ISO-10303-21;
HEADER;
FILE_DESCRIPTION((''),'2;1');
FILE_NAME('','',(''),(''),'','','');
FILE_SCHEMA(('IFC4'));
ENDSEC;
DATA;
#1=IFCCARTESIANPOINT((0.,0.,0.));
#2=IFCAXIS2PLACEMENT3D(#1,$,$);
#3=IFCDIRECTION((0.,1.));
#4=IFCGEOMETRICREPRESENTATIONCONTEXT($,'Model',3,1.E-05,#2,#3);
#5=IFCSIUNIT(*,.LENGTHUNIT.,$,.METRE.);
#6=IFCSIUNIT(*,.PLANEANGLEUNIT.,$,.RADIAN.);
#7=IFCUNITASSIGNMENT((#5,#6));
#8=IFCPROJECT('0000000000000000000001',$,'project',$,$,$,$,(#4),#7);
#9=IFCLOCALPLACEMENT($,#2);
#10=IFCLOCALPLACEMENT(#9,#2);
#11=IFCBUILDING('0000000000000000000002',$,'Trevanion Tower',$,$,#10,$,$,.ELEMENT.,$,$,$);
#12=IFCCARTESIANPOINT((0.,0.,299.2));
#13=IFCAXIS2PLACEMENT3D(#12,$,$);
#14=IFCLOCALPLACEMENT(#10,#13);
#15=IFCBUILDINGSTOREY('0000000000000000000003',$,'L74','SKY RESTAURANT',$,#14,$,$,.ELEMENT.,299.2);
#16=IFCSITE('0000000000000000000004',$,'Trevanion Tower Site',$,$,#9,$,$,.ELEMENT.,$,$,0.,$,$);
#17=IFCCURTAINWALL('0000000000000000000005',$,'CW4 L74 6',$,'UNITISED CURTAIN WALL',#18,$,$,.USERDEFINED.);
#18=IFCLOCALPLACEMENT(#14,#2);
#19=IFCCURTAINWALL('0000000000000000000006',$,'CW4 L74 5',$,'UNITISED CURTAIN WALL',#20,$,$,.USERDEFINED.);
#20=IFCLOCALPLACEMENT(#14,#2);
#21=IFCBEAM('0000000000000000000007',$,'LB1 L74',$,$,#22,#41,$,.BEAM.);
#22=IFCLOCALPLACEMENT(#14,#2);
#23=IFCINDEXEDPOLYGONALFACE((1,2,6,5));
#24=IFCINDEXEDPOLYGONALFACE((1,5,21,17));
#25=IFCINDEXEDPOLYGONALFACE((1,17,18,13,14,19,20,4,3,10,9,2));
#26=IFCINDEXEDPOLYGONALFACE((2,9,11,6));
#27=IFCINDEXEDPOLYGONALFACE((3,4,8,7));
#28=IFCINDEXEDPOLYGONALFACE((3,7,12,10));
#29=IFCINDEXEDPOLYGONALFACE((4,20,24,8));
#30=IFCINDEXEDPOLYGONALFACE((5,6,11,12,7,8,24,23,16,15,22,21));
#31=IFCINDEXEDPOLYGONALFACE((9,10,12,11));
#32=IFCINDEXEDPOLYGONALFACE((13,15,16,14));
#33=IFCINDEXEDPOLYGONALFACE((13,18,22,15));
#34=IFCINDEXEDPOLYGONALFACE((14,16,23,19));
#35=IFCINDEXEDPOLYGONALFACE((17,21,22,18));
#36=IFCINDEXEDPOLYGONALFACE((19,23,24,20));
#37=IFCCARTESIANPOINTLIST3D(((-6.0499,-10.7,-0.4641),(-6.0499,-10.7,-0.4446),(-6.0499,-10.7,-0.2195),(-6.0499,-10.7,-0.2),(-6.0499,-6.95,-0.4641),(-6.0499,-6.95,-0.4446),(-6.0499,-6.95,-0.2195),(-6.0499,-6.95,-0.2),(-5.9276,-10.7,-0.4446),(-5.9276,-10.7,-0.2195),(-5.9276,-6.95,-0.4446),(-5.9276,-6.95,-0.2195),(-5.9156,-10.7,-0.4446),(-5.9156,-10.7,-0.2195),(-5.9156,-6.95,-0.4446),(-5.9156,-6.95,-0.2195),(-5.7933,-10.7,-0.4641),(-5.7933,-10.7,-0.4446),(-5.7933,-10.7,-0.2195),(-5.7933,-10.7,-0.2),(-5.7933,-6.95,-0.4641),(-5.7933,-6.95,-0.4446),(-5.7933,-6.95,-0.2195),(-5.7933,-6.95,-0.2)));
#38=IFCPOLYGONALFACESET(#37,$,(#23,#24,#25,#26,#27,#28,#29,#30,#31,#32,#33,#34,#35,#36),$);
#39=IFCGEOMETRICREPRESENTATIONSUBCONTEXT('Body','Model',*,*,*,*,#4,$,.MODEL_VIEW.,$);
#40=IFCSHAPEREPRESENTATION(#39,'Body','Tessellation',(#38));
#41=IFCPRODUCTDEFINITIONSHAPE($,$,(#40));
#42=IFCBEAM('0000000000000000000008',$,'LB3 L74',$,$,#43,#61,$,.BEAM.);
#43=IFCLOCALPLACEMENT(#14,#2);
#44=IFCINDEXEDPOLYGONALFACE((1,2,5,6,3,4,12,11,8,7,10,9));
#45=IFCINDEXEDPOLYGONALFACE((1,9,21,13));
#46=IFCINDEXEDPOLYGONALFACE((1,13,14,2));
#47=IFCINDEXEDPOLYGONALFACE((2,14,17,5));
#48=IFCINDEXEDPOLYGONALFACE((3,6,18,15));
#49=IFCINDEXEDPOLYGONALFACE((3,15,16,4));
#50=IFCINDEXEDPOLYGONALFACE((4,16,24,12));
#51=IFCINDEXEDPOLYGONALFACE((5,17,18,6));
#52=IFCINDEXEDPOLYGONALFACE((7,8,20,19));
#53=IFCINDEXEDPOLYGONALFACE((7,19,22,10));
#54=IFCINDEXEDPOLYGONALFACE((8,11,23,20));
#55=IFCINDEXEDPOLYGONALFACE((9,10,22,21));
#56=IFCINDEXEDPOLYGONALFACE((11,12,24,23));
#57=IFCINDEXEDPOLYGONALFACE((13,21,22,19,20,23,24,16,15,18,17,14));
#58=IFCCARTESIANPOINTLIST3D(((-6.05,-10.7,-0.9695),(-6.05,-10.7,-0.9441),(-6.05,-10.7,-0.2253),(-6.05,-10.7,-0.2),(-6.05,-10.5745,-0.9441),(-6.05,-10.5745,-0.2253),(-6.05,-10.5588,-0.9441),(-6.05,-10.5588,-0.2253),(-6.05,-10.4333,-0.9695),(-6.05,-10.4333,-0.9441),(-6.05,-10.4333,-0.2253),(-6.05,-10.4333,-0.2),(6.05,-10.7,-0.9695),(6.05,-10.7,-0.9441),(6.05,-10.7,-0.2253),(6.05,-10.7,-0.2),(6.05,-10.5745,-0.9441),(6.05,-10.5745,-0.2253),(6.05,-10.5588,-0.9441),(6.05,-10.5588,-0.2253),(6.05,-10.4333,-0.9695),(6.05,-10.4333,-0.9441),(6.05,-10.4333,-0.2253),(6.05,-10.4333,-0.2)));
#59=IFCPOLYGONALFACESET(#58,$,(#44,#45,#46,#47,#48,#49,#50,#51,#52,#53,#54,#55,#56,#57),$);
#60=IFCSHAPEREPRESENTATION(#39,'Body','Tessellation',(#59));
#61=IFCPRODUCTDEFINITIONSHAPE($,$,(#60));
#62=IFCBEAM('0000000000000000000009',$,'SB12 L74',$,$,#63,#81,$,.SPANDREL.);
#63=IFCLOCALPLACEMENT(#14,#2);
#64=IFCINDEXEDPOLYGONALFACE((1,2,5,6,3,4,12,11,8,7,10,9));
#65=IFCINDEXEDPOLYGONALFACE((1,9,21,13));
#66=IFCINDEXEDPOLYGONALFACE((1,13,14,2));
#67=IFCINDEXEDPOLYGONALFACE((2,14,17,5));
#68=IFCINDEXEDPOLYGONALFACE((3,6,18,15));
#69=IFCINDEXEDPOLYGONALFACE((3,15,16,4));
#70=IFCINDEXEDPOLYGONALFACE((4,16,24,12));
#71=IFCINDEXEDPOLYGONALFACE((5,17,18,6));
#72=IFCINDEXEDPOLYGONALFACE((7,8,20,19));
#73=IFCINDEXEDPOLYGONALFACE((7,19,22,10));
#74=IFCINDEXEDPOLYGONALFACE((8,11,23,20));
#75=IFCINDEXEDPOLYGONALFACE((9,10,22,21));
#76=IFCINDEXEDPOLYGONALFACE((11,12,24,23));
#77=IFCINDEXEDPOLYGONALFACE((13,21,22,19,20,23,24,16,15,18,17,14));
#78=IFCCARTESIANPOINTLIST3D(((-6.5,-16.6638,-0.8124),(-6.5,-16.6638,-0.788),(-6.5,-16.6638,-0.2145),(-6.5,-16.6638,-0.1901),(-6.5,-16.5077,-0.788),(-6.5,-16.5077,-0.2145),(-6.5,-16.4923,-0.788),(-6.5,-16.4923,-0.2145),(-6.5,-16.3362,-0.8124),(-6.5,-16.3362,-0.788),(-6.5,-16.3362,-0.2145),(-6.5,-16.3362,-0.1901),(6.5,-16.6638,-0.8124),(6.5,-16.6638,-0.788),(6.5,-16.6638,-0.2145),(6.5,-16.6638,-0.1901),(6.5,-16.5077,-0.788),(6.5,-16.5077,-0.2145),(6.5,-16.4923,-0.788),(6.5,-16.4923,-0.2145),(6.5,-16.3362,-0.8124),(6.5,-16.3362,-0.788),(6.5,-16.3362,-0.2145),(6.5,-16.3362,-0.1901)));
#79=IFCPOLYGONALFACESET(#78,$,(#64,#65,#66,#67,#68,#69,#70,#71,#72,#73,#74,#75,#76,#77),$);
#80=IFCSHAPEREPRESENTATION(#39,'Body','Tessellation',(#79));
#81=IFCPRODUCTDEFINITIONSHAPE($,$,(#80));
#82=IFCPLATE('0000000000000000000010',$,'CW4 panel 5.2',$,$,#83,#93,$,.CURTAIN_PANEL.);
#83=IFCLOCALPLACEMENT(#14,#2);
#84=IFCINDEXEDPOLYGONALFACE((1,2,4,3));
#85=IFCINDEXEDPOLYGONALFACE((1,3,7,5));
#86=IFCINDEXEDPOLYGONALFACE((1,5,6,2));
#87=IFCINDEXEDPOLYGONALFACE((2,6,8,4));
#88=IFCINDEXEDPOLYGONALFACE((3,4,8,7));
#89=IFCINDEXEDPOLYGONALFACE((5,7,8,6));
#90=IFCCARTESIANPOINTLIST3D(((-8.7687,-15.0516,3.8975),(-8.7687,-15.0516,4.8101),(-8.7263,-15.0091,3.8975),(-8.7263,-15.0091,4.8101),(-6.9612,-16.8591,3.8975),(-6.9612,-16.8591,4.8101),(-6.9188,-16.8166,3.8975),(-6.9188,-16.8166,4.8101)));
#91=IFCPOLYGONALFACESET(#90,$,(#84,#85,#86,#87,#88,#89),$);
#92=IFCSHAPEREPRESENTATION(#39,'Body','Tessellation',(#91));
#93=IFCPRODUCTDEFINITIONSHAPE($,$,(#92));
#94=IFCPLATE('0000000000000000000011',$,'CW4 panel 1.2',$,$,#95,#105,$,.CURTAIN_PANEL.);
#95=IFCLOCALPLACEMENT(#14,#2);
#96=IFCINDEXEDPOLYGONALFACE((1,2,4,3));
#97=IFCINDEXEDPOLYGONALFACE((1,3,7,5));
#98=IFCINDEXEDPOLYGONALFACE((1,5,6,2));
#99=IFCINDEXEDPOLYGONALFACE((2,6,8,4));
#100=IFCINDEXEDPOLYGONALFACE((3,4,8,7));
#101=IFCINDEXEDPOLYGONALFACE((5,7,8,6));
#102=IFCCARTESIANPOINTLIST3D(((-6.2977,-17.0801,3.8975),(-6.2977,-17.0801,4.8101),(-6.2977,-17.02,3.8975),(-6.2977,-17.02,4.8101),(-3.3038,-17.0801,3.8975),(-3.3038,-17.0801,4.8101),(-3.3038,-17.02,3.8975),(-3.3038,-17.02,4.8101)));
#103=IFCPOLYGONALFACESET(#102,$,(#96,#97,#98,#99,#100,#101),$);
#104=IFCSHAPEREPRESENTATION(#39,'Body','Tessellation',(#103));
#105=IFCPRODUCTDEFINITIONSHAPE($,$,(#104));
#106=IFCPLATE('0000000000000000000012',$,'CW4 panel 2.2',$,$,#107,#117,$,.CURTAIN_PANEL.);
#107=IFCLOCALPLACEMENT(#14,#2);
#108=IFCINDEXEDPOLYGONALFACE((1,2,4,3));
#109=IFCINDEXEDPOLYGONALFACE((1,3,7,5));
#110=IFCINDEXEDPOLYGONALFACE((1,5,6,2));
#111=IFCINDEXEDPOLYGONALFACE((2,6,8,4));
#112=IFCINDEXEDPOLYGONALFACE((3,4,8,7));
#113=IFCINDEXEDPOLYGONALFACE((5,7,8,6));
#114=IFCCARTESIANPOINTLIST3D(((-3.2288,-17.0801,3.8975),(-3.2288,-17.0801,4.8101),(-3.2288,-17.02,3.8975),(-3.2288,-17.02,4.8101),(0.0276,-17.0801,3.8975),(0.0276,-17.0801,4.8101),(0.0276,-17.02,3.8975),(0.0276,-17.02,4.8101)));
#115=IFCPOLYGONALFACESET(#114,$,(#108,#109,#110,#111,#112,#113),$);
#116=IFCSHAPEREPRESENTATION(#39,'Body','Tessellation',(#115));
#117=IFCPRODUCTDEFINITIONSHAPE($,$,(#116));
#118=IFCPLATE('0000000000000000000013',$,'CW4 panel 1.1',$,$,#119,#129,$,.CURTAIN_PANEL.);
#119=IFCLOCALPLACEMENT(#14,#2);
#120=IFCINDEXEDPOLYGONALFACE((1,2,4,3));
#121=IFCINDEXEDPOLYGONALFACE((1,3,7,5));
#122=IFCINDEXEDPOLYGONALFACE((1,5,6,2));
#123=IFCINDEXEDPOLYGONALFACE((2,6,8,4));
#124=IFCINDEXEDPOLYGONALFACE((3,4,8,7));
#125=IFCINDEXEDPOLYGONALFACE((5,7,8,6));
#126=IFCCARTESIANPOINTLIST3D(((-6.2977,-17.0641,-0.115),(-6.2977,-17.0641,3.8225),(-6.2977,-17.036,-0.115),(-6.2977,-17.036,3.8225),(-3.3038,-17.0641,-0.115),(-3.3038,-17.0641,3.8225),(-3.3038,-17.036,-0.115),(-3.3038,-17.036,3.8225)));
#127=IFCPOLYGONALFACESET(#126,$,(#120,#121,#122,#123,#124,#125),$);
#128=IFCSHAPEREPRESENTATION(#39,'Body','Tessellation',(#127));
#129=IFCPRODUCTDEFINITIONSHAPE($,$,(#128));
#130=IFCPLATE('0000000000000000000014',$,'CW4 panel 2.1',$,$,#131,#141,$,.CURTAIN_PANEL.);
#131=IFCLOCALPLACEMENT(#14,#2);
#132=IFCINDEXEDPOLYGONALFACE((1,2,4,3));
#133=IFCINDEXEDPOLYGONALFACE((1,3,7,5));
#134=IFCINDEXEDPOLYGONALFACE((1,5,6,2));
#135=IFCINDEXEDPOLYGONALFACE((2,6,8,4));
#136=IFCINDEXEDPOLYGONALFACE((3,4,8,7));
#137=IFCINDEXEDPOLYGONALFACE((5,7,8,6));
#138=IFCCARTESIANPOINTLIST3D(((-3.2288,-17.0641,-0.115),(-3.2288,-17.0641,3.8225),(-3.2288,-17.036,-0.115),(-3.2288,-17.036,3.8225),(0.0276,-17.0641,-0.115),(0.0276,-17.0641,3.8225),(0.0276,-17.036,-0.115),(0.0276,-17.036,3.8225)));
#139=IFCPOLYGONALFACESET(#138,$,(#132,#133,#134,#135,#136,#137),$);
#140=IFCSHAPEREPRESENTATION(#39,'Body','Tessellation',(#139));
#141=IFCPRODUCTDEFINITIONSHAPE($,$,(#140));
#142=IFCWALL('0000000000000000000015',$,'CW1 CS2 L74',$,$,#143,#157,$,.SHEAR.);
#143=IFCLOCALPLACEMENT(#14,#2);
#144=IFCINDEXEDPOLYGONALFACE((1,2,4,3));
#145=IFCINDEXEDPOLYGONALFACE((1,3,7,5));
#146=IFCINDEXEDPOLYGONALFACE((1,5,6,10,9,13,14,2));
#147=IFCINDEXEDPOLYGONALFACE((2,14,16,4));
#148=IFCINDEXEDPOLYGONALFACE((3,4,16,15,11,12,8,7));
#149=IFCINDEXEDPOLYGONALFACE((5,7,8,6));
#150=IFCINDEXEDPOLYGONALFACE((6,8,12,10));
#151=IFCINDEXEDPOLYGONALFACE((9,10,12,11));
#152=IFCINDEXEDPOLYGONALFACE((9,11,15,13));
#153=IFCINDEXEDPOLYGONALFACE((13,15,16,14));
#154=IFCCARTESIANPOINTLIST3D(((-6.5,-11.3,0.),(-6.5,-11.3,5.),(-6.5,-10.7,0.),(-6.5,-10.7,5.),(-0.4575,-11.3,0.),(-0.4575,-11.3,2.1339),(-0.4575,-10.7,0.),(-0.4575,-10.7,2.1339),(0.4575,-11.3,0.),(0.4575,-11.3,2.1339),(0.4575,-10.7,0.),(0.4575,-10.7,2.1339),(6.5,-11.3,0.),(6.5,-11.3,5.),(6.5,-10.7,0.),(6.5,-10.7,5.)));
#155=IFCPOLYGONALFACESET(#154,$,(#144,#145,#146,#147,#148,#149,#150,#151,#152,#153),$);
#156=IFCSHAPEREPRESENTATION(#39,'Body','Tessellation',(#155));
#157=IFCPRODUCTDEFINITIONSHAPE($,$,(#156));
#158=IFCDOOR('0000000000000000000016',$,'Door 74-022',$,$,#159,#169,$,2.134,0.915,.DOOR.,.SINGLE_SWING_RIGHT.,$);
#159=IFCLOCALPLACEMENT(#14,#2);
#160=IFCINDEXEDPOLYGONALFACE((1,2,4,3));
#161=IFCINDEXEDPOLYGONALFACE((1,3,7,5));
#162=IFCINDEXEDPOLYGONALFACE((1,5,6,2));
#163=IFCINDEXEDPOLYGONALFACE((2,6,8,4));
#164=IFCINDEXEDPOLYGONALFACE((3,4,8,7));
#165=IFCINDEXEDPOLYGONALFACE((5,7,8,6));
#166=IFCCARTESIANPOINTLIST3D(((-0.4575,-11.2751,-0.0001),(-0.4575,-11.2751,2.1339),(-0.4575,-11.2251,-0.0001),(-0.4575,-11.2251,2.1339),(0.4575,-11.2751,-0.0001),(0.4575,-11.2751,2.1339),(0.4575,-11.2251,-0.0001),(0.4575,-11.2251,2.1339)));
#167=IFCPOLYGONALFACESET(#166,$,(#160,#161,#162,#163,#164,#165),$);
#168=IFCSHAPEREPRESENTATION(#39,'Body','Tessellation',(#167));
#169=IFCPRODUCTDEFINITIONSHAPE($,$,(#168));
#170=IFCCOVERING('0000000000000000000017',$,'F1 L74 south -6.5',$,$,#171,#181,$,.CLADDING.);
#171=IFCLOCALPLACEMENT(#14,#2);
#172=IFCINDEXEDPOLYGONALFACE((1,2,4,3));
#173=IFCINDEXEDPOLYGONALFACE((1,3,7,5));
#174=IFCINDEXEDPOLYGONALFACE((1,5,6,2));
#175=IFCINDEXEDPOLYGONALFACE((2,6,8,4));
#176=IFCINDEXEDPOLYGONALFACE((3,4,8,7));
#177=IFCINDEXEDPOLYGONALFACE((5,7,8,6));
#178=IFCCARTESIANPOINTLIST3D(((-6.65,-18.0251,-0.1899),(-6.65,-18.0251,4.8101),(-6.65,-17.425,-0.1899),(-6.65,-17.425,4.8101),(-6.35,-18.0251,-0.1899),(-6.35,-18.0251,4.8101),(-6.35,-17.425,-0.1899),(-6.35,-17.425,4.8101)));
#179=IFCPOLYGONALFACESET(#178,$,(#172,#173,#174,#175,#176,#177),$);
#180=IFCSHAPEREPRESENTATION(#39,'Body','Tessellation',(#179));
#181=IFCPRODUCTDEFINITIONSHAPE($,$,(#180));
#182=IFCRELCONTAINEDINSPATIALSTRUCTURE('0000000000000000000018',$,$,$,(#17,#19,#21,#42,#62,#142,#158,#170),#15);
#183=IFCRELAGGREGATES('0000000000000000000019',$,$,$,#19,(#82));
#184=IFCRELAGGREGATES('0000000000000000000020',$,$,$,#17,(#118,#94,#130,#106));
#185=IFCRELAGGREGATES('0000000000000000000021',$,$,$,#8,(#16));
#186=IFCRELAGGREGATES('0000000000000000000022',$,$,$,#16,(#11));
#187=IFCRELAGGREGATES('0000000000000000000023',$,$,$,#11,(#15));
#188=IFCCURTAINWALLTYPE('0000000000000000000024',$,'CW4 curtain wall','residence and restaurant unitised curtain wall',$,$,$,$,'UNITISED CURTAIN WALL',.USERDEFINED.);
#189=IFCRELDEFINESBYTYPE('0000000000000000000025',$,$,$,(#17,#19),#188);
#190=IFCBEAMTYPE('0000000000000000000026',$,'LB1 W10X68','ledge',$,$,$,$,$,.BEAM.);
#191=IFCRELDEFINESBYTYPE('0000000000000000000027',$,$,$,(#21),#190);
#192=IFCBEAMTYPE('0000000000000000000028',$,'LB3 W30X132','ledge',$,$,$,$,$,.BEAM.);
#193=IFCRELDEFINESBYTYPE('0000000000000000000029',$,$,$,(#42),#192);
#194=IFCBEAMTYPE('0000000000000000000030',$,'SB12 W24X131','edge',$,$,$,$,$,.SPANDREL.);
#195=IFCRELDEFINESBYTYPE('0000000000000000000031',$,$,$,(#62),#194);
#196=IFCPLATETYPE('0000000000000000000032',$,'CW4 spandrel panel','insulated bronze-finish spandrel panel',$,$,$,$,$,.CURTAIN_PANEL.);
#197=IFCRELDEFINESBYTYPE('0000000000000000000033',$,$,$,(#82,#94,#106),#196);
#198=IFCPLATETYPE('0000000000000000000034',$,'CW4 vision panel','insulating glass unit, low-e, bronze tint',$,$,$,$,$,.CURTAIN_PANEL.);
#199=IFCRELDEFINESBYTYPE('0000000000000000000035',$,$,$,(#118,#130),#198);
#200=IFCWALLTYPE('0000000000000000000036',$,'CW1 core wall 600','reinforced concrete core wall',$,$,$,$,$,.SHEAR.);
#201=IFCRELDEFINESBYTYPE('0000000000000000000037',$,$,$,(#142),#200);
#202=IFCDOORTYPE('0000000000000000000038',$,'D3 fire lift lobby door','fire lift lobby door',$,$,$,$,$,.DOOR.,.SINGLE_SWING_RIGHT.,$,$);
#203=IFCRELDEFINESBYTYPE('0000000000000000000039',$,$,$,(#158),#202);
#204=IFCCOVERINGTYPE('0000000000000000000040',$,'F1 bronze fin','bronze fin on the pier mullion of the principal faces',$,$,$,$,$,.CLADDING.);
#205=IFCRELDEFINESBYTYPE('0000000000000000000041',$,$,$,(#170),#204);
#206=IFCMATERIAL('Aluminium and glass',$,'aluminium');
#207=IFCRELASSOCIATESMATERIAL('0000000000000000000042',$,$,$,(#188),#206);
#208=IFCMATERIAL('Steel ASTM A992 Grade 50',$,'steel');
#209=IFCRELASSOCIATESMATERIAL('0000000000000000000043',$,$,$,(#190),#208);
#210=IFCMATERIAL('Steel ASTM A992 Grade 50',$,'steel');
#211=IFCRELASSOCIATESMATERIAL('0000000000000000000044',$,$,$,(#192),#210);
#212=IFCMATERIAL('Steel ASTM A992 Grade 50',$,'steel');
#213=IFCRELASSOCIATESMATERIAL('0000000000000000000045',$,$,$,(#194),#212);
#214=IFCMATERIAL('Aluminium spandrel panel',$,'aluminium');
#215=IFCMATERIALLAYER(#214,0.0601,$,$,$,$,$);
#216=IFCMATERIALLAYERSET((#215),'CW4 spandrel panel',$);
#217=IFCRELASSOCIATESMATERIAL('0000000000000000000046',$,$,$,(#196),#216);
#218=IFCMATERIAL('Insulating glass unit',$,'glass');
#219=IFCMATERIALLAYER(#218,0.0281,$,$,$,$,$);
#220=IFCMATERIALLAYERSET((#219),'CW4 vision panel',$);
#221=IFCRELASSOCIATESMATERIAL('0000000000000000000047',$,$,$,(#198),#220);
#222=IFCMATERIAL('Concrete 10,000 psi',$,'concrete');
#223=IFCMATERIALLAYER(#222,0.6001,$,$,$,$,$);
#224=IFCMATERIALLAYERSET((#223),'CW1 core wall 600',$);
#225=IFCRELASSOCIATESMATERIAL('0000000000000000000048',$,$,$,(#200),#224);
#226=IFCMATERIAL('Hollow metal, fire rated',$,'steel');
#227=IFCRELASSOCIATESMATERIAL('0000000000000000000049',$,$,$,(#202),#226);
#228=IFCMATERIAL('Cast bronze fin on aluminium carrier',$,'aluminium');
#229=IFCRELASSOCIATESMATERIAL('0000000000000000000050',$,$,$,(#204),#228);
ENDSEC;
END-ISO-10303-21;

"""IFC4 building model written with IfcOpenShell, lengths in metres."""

from ifc_helpers import new_model, si_unit, direction, frame, frame_2d, origin, origin_2d, place, context, subcontext, project, spatial, rectangle, i_section, extrude, material, layer, layer_set, material_profile, profile_set, type_object, element, fill, aggregate, save


model = new_model("IFC4")

# Units and contexts
model_context = context("Model", 3, precision=1e-05, world=origin(), true_north=direction((0.0, 1.0)))
body_context = subcontext(model_context, "Body", "Model", "MODEL_VIEW")
ifc_project = project(units=[si_unit("LENGTHUNIT", "METRE"), si_unit("PLANEANGLEUNIT", "RADIAN")], contexts=[model_context])

# Site, building, storey
site_placement = place(None, origin())
site = spatial("IfcSite", under=ifc_project, at=site_placement, Name="Trevanion Tower Site", CompositionType="ELEMENT", RefElevation=0.0)
building_placement = place(site_placement, origin())
building = spatial("IfcBuilding", under=site, at=building_placement, Name="Trevanion Tower", CompositionType="ELEMENT")
storey_placement = place(building_placement, frame((0.0, 0.0, 299.2)))
storey = spatial("IfcBuildingStorey", under=building, at=storey_placement, Name="L74", Description="SKY RESTAURANT", CompositionType="ELEMENT", Elevation=299.2)

# Curtain walls
ifc_material_1 = material(Name="Aluminium and glass", Category="aluminium")
curtain_wall_type = type_object("IfcCurtainWallType", Name="CW4 curtain wall", Description="residence and restaurant unitised curtain wall", ElementType="UNITISED CURTAIN WALL", PredefinedType="USERDEFINED", material=ifc_material_1)
curtain_wall_1_placement = place(storey_placement, origin())
curtain_wall_1 = element("IfcCurtainWall", 1, at=curtain_wall_1_placement, inside=storey, type_object=curtain_wall_type, Name="CW4 L74 6", ObjectType="UNITISED CURTAIN WALL", PredefinedType="USERDEFINED")
curtain_wall_2_placement = place(storey_placement, origin())
curtain_wall_2 = element("IfcCurtainWall", 2, at=curtain_wall_2_placement, inside=storey, type_object=curtain_wall_type, Name="CW4 L74 5", ObjectType="UNITISED CURTAIN WALL", PredefinedType="USERDEFINED")

# Beams
ifc_material_2 = material(Name="Steel ASTM A992 Grade 50", Category="steel")
ifc_material_profile_1 = material_profile(ifc_material_2, i_section(OverallWidth=0.2566, OverallDepth=0.2642, WebThickness=0.012, FlangeThickness=0.0195, at=origin_2d()), Name="W10X68")
ifc_profile_set_1 = profile_set([ifc_material_profile_1], Name="Steel ASTM A992 Grade 50")
beam_type_1 = type_object("IfcBeamType", Name="LB1 W10X68", Description="ledge", PredefinedType="BEAM", material=ifc_profile_set_1)
beam_1_placement = place(storey_placement, frame((-5.9216, -10.7, -0.332), z_axis=(0.0, 1.0, 0.0), x_axis=(-1.0, 0.0, 0.0)))
element("IfcBeam", 3, at=beam_1_placement, inside=storey, type_object=beam_type_1, Name="LB1 L74", PredefinedType="BEAM", context=body_context, shape_type="SweptSolid", body=[
    extrude(i_section(OverallWidth=0.2566, OverallDepth=0.2642, WebThickness=0.012, FlangeThickness=0.0195, at=origin_2d()), origin(), (0.0, 0.0, 1.0), 3.75),
])
ifc_material_3 = material(Name="Steel ASTM A992 Grade 50", Category="steel")
ifc_material_profile_2 = material_profile(ifc_material_3, i_section(OverallWidth=0.2666, OverallDepth=0.7695, WebThickness=0.0156, FlangeThickness=0.0254, at=origin_2d()), Name="W30X132")
ifc_profile_set_2 = profile_set([ifc_material_profile_2], Name="Steel ASTM A992 Grade 50")
beam_type_2 = type_object("IfcBeamType", Name="LB3 W30X132", Description="ledge", PredefinedType="BEAM", material=ifc_profile_set_2)
beam_2_placement = place(storey_placement, frame((-6.05, -10.5667, -0.5847), z_axis=(1.0, 0.0, 0.0), x_axis=(0.0, 1.0, 0.0)))
element("IfcBeam", 4, at=beam_2_placement, inside=storey, type_object=beam_type_2, Name="LB3 L74", PredefinedType="BEAM", context=body_context, shape_type="SweptSolid", body=[
    extrude(i_section(OverallWidth=0.2666, OverallDepth=0.7695, WebThickness=0.0156, FlangeThickness=0.0254, at=origin_2d()), origin(), (0.0, 0.0, 1.0), 12.1001),
])
ifc_material_4 = material(Name="Steel ASTM A992 Grade 50", Category="steel")
ifc_material_profile_3 = material_profile(ifc_material_4, i_section(OverallWidth=0.3276, OverallDepth=0.6223, WebThickness=0.0154, FlangeThickness=0.0244, at=origin_2d()), Name="W24X131")
ifc_profile_set_3 = profile_set([ifc_material_profile_3], Name="Steel ASTM A992 Grade 50")
beam_type_3 = type_object("IfcBeamType", Name="SB12 W24X131", Description="edge", PredefinedType="SPANDREL", material=ifc_profile_set_3)
beam_3_placement = place(storey_placement, frame((-6.5, -16.5, -0.5012), z_axis=(1.0, 0.0, 0.0), x_axis=(0.0, 1.0, 0.0)))
element("IfcBeam", 5, at=beam_3_placement, inside=storey, type_object=beam_type_3, Name="SB12 L74", PredefinedType="SPANDREL", context=body_context, shape_type="SweptSolid", body=[
    extrude(i_section(OverallWidth=0.3276, OverallDepth=0.6223, WebThickness=0.0154, FlangeThickness=0.0244, at=origin_2d()), origin(), (0.0, 0.0, 1.0), 13.0),
])

# Plates
ifc_material_5 = material(Name="Aluminium spandrel panel", Category="aluminium")
ifc_layer_1 = layer(ifc_material_5, 0.0601)
ifc_layer_set_1 = layer_set([ifc_layer_1], Name="CW4 spandrel panel")
plate_type_1 = type_object("IfcPlateType", Name="CW4 spandrel panel", Description="insulated bronze-finish spandrel panel", PredefinedType="CURTAIN_PANEL", material=ifc_layer_set_1)
plate_1_placement = place(storey_placement, frame((-7.8438, -15.9341, 3.8975), z_axis=(0.0, 0.0, 1.0), x_axis=(0.707107, -0.707107, 0.0)))
plate_1 = element("IfcPlate", 6, at=plate_1_placement, type_object=plate_type_1, Name="CW4 panel 5.2", PredefinedType="CURTAIN_PANEL", context=body_context, shape_type="SweptSolid", body=[
    extrude(rectangle(XDim=2.5562, YDim=0.0601, at=origin_2d()), origin(), (0.0, 0.0, 1.0), 0.9126),
])
aggregate(curtain_wall_2, [plate_1])
plate_2_placement = place(storey_placement, frame((-4.8008, -17.05, 3.8975), z_axis=(0.0, 0.0, 1.0), x_axis=(1.0, 0.0, 0.0)))
plate_2 = element("IfcPlate", 7, at=plate_2_placement, type_object=plate_type_1, Name="CW4 panel 1.2", PredefinedType="CURTAIN_PANEL", context=body_context, shape_type="SweptSolid", body=[
    extrude(rectangle(XDim=2.9939, YDim=0.0601, at=origin_2d()), origin(), (0.0, 0.0, 1.0), 0.9126),
])
plate_3_placement = place(storey_placement, frame((-1.6006, -17.05, 3.8975), z_axis=(0.0, 0.0, 1.0), x_axis=(1.0, 0.0, 0.0)))
plate_3 = element("IfcPlate", 8, at=plate_3_placement, type_object=plate_type_1, Name="CW4 panel 2.2", PredefinedType="CURTAIN_PANEL", context=body_context, shape_type="SweptSolid", body=[
    extrude(rectangle(XDim=3.2563, YDim=0.0601, at=origin_2d()), origin(), (0.0, 0.0, 1.0), 0.9126),
])
ifc_material_6 = material(Name="Insulating glass unit", Category="glass")
ifc_layer_2 = layer(ifc_material_6, 0.0281)
ifc_layer_set_2 = layer_set([ifc_layer_2], Name="CW4 vision panel")
plate_type_2 = type_object("IfcPlateType", Name="CW4 vision panel", Description="insulating glass unit, low-e, bronze tint", PredefinedType="CURTAIN_PANEL", material=ifc_layer_set_2)
plate_4_placement = place(storey_placement, frame((-4.8008, -17.05, -0.115), z_axis=(0.0, 0.0, 1.0), x_axis=(1.0, 0.0, 0.0)))
plate_4 = element("IfcPlate", 9, at=plate_4_placement, type_object=plate_type_2, Name="CW4 panel 1.1", PredefinedType="CURTAIN_PANEL", context=body_context, shape_type="SweptSolid", body=[
    extrude(rectangle(XDim=2.9939, YDim=0.0281, at=origin_2d()), origin(), (0.0, 0.0, 1.0), 3.9375),
])
plate_5_placement = place(storey_placement, frame((-1.6006, -17.05, -0.115), z_axis=(0.0, 0.0, 1.0), x_axis=(1.0, 0.0, 0.0)))
plate_5 = element("IfcPlate", 10, at=plate_5_placement, type_object=plate_type_2, Name="CW4 panel 2.1", PredefinedType="CURTAIN_PANEL", context=body_context, shape_type="SweptSolid", body=[
    extrude(rectangle(XDim=3.2563, YDim=0.0281, at=origin_2d()), origin(), (0.0, 0.0, 1.0), 3.9375),
])
aggregate(curtain_wall_1, [plate_4, plate_2, plate_5, plate_3])

# Wall, opening, door
ifc_material_7 = material(Name="Concrete 10,000 psi", Category="concrete")
ifc_layer_3 = layer(ifc_material_7, 0.6001)
ifc_layer_set_3 = layer_set([ifc_layer_3], Name="CW1 core wall 600")
wall_type = type_object("IfcWallType", Name="CW1 core wall 600", Description="reinforced concrete core wall", PredefinedType="SHEAR", material=ifc_layer_set_3)
wall_placement = place(storey_placement, frame((-6.5, -11.0, 0.0), z_axis=(0.0, 0.0, 1.0), x_axis=(1.0, 0.0, 0.0)))
wall = element("IfcWall", 11, at=wall_placement, inside=storey, type_object=wall_type, Name="CW1 CS2 L74", PredefinedType="SHEAR", context=body_context, shape_type="SweptSolid", body=[
    extrude(rectangle(XDim=13.0, YDim=0.6001, at=frame_2d((6.5, 0.0))), origin(), (0.0, 0.0, 1.0), 5.0),
])
opening_placement = place(wall_placement, frame((6.0425, 0.0, 0.0)))
opening = element("IfcOpeningElement", 12, at=opening_placement, cuts=wall, PredefinedType="OPENING", context=body_context, shape_type="SweptSolid", body=[
    extrude(rectangle(XDim=0.915, YDim=2.134, at=frame_2d((0.4575, 1.0669))), frame((0.0, 0.3101, 0.0), z_axis=(0.0, -1.0, 0.0), x_axis=(1.0, 0.0, 0.0)), (0.0, 0.0, 1.0), 0.6201),
])
ifc_material_8 = material(Name="Hollow metal, fire rated", Category="steel")
door_type = type_object("IfcDoorType", Name="D3 fire lift lobby door", Description="fire lift lobby door", OperationType="SINGLE_SWING_RIGHT", PredefinedType="DOOR", material=ifc_material_8)
door_placement = place(opening_placement, origin())
door = element("IfcDoor", 13, at=door_placement, inside=storey, type_object=door_type, Name="Door 74-022", OperationType="SINGLE_SWING_RIGHT", OverallHeight=2.134, OverallWidth=0.915, PredefinedType="DOOR", context=body_context, shape_type="SweptSolid", body=[
    extrude(rectangle(XDim=0.915, YDim=2.134, at=frame_2d((0.4575, 1.0669))), frame((0.0, -0.2251, 0.0), z_axis=(0.0, -1.0, 0.0), x_axis=(1.0, 0.0, 0.0)), (0.0, 0.0, 1.0), 0.05),
])
fill(opening, door)

# Covering
ifc_material_9 = material(Name="Cast bronze fin on aluminium carrier", Category="aluminium")
covering_type = type_object("IfcCoveringType", Name="F1 bronze fin", Description="bronze fin on the pier mullion of the principal faces", PredefinedType="CLADDING", material=ifc_material_9)
covering_placement = place(storey_placement, frame((-6.5, -17.7251, -0.1899), z_axis=(0.0, 0.0, 1.0), x_axis=(1.0, 0.0, 0.0)))
element("IfcCovering", 14, at=covering_placement, inside=storey, type_object=covering_type, Name="F1 L74 south -6.5", PredefinedType="CLADDING", context=body_context, shape_type="SweptSolid", body=[
    extrude(rectangle(XDim=0.3, YDim=0.6001, at=origin_2d()), origin(), (0.0, 0.0, 1.0), 5.0),
])

save(model, "model.ifc")
